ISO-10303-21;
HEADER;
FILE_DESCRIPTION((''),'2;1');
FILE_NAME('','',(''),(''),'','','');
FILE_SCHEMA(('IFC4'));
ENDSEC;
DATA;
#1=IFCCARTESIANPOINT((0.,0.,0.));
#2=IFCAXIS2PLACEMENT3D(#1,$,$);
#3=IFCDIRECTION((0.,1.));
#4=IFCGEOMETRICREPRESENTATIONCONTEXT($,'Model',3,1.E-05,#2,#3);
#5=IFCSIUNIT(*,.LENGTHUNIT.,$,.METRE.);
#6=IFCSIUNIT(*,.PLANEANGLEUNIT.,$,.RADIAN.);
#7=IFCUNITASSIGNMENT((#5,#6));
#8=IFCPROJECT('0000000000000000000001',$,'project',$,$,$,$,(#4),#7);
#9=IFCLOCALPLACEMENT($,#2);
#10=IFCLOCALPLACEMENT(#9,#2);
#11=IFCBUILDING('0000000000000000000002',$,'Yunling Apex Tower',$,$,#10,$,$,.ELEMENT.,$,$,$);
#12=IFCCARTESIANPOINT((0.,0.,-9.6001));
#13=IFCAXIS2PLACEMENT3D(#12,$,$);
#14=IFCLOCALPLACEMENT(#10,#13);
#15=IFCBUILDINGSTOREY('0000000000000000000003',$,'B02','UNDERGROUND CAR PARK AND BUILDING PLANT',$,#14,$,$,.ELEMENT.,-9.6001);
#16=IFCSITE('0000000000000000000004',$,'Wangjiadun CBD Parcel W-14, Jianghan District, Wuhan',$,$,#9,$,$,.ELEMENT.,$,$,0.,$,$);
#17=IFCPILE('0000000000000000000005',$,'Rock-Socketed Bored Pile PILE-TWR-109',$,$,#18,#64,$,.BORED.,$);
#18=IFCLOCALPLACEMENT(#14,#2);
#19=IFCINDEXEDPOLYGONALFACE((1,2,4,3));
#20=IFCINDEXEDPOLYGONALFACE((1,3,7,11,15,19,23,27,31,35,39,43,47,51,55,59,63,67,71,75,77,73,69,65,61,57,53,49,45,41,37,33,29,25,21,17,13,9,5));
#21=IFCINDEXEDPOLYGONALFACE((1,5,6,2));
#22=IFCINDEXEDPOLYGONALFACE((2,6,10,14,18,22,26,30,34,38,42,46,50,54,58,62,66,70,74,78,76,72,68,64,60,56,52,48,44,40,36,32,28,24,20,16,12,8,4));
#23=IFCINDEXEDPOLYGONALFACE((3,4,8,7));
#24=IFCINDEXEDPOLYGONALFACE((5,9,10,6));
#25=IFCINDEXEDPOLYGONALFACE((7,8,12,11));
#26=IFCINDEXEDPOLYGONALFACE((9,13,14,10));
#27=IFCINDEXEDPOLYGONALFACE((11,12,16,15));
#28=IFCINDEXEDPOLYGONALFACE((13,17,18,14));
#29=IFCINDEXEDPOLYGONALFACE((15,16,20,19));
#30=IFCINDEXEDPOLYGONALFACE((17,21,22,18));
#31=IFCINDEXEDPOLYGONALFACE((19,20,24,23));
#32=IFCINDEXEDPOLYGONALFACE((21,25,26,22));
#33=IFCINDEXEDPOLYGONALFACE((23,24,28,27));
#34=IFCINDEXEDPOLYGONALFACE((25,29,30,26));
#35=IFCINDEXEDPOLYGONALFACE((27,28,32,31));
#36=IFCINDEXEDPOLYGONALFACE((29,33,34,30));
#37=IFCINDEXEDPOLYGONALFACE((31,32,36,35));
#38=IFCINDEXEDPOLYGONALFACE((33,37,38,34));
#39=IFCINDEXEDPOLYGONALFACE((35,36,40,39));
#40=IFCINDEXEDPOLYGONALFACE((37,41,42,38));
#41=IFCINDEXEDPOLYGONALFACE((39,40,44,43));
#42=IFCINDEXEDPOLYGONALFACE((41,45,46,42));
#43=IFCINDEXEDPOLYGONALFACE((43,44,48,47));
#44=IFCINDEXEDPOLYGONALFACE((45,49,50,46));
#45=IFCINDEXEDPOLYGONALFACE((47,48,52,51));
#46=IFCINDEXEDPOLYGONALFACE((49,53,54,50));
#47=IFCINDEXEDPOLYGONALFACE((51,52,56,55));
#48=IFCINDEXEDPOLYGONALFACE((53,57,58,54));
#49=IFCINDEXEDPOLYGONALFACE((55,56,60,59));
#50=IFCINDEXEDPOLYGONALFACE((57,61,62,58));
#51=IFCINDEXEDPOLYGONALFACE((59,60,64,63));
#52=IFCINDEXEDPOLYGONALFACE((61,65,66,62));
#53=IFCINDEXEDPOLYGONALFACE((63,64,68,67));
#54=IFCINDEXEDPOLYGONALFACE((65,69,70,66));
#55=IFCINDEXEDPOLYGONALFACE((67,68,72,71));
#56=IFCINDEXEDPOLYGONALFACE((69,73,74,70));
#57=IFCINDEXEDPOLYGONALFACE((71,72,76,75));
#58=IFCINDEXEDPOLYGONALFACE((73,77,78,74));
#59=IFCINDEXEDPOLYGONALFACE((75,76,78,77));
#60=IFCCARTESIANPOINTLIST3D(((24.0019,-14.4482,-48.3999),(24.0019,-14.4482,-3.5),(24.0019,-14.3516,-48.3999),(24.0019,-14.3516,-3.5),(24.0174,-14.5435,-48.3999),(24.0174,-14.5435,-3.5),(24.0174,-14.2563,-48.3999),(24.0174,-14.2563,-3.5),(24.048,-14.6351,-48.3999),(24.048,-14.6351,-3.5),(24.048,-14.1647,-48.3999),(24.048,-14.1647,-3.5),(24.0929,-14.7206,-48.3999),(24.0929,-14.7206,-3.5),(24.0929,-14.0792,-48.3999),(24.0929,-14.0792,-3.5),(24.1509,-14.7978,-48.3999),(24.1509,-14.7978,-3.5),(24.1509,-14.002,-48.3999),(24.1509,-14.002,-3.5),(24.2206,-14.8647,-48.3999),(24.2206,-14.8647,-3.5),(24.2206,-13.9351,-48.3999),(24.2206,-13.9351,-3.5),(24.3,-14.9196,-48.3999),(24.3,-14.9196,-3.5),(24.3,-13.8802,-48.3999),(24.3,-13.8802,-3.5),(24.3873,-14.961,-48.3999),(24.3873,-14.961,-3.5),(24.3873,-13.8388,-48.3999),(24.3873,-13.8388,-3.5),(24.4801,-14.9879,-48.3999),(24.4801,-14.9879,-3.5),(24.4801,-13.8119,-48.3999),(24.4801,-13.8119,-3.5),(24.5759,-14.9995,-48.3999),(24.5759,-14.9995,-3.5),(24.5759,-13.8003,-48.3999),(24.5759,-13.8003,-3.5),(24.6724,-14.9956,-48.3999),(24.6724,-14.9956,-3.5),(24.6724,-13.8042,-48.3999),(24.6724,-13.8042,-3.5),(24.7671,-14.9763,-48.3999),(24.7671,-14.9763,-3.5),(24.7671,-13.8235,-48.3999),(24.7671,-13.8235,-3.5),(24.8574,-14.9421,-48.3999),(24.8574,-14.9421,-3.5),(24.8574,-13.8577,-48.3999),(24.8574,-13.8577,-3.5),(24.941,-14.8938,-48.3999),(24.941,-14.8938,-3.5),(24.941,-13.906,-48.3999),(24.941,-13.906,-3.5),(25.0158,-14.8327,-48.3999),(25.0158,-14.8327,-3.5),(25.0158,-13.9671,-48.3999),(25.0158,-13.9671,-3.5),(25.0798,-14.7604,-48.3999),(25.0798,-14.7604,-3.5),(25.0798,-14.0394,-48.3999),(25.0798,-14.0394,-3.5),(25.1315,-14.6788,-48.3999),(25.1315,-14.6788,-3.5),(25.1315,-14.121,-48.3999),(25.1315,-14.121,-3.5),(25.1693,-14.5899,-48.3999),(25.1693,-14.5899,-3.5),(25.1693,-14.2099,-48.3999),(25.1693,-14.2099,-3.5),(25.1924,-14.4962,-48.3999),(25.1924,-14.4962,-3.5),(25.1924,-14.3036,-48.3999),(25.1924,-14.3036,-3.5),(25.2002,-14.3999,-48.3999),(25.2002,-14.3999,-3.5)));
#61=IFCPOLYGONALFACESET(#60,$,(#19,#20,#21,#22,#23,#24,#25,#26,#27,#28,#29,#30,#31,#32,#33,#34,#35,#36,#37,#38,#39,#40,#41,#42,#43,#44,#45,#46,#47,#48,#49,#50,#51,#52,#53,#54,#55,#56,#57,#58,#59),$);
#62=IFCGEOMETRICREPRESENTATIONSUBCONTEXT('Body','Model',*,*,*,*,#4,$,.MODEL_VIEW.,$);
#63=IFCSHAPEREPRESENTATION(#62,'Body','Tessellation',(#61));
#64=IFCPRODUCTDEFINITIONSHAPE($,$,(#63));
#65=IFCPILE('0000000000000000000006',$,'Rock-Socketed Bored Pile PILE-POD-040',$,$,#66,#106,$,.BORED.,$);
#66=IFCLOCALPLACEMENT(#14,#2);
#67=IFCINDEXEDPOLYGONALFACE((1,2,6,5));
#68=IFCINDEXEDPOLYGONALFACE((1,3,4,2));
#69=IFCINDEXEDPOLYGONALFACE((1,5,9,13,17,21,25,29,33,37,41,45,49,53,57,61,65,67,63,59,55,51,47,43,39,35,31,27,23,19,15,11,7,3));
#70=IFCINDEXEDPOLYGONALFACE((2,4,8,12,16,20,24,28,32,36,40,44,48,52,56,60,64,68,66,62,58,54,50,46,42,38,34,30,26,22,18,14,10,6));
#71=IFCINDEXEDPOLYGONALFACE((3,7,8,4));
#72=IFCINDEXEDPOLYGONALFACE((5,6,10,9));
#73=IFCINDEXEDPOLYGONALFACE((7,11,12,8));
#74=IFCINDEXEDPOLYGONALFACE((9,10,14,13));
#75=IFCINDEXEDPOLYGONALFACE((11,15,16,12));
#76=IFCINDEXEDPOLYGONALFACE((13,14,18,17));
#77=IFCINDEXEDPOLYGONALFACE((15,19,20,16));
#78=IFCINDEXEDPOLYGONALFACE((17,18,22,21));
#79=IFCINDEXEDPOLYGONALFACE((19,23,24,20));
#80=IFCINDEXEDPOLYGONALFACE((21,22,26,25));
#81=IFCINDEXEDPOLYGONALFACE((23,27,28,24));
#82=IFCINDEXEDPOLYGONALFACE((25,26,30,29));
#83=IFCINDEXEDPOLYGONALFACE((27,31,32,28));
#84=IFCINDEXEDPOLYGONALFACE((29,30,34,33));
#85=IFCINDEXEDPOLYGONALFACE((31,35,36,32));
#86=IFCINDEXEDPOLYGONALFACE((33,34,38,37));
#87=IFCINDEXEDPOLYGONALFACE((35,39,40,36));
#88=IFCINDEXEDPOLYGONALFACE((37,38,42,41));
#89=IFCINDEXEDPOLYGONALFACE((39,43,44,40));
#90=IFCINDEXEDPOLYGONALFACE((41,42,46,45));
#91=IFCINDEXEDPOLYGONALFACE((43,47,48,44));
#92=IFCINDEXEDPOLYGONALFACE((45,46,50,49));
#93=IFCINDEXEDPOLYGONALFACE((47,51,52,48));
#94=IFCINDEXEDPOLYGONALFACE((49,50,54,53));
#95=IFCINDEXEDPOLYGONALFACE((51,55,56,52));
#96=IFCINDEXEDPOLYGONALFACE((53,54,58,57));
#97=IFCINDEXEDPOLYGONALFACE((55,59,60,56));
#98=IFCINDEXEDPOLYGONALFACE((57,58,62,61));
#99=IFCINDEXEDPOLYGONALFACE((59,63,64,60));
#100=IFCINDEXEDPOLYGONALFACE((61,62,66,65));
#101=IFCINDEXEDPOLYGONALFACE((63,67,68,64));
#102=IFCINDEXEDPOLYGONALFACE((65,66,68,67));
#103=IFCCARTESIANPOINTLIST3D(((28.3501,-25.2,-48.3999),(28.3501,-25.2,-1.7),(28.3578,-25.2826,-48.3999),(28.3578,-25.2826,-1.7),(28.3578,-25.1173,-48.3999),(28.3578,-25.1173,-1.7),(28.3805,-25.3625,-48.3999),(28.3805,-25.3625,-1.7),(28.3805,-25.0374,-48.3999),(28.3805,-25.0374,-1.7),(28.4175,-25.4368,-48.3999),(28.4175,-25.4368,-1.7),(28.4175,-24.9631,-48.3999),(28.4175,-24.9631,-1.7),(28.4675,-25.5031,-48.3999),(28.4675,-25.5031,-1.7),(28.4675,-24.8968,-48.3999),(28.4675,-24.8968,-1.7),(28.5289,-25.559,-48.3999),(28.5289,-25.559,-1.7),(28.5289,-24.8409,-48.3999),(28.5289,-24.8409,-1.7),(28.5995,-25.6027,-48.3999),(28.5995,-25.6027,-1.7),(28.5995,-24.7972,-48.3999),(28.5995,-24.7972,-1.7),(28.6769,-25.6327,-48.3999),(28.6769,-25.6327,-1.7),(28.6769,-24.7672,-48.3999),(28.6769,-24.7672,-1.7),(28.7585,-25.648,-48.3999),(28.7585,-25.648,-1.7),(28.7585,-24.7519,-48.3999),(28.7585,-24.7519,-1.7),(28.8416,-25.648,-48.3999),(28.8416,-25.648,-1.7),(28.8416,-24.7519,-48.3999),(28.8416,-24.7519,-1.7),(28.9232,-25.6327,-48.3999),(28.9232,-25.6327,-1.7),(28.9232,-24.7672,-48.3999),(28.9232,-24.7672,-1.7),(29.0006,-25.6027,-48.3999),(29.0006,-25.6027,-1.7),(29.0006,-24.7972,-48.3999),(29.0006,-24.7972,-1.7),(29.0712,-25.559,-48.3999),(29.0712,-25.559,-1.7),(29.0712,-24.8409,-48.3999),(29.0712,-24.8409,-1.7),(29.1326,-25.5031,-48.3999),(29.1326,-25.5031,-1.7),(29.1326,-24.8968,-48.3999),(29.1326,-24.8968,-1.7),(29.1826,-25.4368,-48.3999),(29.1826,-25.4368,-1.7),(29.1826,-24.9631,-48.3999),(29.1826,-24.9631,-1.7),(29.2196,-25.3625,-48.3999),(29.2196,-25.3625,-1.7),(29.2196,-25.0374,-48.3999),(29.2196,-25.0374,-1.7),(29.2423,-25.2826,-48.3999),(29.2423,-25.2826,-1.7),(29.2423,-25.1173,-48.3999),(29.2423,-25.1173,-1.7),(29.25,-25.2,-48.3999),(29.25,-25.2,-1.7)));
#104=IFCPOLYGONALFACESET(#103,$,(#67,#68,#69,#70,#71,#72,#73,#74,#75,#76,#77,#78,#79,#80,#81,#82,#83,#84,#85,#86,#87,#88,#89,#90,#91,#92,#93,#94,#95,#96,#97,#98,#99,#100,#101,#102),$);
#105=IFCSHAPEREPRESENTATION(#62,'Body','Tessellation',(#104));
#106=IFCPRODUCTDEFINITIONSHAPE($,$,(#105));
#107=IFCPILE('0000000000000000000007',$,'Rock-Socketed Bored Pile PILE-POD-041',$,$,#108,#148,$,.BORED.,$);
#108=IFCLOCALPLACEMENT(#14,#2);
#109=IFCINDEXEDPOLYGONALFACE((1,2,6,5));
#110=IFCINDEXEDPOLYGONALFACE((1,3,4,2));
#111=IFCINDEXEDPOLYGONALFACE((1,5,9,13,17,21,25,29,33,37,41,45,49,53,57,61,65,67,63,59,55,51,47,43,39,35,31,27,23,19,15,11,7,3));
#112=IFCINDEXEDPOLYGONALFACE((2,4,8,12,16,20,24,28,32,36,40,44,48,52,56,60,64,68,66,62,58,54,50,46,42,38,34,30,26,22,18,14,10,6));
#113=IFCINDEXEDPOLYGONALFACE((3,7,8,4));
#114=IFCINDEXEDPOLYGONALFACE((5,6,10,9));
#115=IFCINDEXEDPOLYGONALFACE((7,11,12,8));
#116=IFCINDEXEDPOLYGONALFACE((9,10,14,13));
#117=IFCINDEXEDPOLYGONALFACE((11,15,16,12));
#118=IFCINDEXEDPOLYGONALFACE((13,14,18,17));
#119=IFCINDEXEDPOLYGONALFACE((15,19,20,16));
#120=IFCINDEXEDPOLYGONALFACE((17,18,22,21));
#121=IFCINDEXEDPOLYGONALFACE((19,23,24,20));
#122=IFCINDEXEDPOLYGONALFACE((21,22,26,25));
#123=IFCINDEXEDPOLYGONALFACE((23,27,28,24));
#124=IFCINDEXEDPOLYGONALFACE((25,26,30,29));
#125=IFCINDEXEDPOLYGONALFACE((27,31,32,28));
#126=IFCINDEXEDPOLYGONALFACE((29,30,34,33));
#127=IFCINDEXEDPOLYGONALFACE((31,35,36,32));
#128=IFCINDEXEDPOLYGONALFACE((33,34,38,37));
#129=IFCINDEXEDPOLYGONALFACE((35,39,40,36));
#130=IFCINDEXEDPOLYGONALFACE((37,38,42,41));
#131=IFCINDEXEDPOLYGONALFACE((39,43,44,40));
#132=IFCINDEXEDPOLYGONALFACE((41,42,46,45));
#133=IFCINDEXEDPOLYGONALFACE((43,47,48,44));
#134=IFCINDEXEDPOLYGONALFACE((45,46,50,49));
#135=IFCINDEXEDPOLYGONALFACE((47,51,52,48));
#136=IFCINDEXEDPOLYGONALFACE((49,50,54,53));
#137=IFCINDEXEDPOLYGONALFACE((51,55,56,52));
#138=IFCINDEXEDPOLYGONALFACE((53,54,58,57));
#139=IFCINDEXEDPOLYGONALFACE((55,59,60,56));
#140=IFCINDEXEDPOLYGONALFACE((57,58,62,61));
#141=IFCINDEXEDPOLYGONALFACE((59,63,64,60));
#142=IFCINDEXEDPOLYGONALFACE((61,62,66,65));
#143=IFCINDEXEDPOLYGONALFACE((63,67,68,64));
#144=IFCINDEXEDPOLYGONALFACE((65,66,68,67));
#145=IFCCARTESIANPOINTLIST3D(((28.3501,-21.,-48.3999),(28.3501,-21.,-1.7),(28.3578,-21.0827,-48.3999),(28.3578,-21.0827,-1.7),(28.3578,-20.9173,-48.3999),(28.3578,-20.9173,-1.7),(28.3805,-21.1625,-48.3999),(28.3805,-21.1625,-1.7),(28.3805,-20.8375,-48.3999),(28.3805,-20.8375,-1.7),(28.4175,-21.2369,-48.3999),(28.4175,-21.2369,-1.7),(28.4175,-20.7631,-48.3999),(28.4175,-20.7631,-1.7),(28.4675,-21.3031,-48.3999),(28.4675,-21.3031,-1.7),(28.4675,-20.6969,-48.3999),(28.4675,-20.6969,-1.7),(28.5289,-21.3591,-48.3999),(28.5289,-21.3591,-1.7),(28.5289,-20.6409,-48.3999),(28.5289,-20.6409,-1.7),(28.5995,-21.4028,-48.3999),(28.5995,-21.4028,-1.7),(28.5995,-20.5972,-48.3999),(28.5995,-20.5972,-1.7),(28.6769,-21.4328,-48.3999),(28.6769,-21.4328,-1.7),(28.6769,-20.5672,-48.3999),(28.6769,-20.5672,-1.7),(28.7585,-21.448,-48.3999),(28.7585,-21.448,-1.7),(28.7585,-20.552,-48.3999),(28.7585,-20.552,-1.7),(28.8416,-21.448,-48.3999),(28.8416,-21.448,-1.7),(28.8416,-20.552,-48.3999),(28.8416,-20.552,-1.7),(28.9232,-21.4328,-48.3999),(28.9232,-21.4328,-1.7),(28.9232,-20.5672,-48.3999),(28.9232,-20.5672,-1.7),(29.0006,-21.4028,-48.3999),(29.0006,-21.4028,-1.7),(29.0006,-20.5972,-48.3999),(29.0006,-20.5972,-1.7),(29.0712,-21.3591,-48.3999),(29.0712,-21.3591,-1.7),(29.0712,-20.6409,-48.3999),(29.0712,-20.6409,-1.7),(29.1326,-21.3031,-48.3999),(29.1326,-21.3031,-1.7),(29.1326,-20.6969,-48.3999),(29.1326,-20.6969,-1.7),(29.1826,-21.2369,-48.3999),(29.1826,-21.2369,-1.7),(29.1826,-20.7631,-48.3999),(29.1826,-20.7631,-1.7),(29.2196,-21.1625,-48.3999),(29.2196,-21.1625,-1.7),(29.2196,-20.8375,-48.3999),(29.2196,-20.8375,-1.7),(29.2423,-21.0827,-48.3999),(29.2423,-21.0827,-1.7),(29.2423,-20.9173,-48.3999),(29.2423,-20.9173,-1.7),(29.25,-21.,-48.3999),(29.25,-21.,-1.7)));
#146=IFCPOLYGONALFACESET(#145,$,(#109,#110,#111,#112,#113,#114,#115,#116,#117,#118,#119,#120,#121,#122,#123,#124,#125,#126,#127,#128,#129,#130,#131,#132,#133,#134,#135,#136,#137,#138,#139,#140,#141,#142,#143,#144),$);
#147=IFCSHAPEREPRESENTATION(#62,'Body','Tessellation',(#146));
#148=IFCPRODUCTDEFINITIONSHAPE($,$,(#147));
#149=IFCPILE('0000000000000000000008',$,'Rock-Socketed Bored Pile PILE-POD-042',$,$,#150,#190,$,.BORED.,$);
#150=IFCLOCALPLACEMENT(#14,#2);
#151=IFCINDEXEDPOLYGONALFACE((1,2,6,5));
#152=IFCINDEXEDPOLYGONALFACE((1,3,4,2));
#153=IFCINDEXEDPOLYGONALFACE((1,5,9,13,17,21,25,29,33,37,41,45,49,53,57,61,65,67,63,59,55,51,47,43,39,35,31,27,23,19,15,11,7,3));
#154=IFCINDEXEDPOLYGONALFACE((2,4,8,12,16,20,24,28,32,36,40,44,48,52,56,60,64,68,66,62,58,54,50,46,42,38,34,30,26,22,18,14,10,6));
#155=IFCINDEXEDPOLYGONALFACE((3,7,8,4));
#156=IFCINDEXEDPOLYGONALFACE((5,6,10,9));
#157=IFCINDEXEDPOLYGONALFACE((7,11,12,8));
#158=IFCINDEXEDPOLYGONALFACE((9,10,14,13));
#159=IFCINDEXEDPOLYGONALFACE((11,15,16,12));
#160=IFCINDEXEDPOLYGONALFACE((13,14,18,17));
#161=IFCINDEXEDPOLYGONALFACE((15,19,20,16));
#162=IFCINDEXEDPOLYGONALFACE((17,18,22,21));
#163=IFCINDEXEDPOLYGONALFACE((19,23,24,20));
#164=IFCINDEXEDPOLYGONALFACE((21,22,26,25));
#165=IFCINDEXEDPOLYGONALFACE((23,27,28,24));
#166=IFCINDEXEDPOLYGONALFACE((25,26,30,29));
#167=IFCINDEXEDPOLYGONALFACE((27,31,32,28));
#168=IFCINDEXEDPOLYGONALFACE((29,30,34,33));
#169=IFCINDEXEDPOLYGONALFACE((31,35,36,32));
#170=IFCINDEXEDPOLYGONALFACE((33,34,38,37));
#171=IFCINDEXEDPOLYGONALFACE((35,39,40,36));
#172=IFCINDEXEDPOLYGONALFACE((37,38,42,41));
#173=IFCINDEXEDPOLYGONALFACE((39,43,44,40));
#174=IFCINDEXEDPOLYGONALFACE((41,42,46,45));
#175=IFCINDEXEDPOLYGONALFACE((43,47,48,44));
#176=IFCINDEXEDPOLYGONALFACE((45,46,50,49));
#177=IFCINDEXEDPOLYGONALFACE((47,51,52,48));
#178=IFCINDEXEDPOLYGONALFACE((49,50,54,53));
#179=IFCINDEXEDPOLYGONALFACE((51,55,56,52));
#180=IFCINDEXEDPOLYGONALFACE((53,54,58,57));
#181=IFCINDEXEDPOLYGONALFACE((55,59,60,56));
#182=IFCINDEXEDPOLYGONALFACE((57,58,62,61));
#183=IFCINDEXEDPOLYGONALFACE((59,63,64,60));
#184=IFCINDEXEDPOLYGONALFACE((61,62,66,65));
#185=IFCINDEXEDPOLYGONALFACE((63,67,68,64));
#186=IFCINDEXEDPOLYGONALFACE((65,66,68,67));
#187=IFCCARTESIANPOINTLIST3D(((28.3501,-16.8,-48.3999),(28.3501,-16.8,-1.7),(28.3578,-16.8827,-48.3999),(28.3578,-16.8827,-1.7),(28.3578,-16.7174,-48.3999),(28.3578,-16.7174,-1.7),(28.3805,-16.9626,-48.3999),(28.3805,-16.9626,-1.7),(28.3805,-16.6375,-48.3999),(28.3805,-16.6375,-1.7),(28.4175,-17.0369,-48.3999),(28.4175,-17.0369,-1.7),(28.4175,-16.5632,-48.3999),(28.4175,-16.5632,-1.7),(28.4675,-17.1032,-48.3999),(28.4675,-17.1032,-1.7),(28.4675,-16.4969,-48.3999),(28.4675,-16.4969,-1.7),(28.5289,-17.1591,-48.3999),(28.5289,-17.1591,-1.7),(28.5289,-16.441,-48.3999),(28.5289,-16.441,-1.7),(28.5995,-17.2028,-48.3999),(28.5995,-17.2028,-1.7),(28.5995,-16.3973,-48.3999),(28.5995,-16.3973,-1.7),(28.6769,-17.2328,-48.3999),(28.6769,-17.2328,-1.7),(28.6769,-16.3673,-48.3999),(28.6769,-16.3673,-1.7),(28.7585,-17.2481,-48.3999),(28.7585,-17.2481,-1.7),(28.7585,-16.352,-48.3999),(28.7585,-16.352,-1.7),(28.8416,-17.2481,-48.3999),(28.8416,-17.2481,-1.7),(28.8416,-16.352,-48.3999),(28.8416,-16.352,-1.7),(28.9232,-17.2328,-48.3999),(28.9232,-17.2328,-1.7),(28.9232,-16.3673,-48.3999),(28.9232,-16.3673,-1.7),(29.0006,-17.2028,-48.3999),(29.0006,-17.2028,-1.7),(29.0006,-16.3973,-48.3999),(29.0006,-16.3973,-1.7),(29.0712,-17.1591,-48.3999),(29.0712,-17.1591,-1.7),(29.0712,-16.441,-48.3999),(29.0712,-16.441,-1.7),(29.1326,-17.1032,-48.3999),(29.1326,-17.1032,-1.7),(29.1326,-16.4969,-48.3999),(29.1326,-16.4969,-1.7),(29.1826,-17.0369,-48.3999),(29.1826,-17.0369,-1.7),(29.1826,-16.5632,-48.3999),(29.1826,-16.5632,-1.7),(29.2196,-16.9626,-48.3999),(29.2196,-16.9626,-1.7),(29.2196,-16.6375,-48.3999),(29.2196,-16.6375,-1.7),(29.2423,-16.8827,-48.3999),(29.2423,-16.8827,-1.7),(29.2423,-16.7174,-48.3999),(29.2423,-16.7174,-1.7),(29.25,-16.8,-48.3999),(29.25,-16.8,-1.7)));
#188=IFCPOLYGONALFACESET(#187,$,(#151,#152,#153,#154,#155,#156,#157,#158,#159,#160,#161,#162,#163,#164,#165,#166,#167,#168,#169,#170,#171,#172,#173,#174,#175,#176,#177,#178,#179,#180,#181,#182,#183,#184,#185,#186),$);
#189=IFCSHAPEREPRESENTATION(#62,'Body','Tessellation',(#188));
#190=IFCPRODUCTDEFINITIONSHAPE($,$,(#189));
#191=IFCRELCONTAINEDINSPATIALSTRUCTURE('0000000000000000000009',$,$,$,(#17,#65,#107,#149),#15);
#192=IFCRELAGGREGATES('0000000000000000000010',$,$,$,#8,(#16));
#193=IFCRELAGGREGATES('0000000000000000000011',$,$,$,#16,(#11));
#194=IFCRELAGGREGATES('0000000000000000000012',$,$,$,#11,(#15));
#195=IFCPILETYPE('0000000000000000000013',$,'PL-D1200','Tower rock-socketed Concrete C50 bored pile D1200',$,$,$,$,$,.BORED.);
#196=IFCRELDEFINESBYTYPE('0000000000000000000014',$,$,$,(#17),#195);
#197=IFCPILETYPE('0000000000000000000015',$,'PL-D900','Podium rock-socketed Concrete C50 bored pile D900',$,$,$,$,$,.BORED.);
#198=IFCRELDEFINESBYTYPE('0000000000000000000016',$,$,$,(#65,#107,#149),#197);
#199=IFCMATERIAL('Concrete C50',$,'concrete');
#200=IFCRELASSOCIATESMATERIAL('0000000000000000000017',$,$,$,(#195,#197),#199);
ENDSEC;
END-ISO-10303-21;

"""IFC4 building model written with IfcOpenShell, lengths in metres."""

from ifc_helpers import new_model, si_unit, direction, frame, origin, origin_2d, place, context, subcontext, project, spatial, circle, extrude, source, transform, mapped, material, material_profile, profile_set, type_object, element, save


model = new_model("IFC4")

# Units and contexts
model_context = context("Model", 3, precision=1e-05, world=origin(), true_north=direction((0.0, 1.0)))
body_context = subcontext(model_context, "Body", "Model", "MODEL_VIEW")
ifc_project = project(units=[si_unit("LENGTHUNIT", "METRE"), si_unit("PLANEANGLEUNIT", "RADIAN")], contexts=[model_context])

# Site, building, storey
site_placement = place(None, origin())
site = spatial("IfcSite", under=ifc_project, at=site_placement, Name="Wangjiadun CBD Parcel W-14, Jianghan District, Wuhan", CompositionType="ELEMENT", RefElevation=0.0)
building_placement = place(site_placement, origin())
building = spatial("IfcBuilding", under=site, at=building_placement, Name="Yunling Apex Tower", CompositionType="ELEMENT")
storey_placement = place(building_placement, frame((0.0, 0.0, -9.6001)))
storey = spatial("IfcBuildingStorey", under=building, at=storey_placement, Name="B02", Description="UNDERGROUND CAR PARK AND BUILDING PLANT", CompositionType="ELEMENT", Elevation=-9.6001)

# Shared definitions
ifc_material_1 = material(Name="Concrete C50", Category="concrete")

# Piles
ifc_material_profile_1 = material_profile(ifc_material_1, circle(Radius=0.6001, at=origin_2d()))
ifc_profile_set_1 = profile_set([ifc_material_profile_1], Name="Concrete C50")
pile_type_1 = type_object("IfcPileType", Name="PL-D1200", Description="Tower rock-socketed Concrete C50 bored pile D1200", PredefinedType="BORED", material=ifc_profile_set_1)
shared_shape_1 = source(origin(), body_context, "Body", "SweptSolid", [
    extrude(circle(Radius=0.6001, at=origin_2d()), origin(), (0.0, 0.0, 1.0), 44.8999),
])
for number, where, z_axis, x_axis, name in (
    (1, (24.6001, -14.3999, -3.5), (0.0, 0.0, -1.0), (1.0, 0.0, 0.0), "Rock-Socketed Bored Pile PILE-TWR-109"),
):
    element("IfcPile", number, at=place(storey_placement, frame(where, z_axis=z_axis, x_axis=x_axis)), inside=storey, type_object=pile_type_1, Name=name, PredefinedType="BORED", context=body_context, shape_type="MappedRepresentation", body=[
        mapped(shared_shape_1, transform((0.0, 0.0, 0.0), scale=1.0)),
    ])
ifc_material_profile_2 = material_profile(ifc_material_1, circle(Radius=0.45, at=origin_2d()))
ifc_profile_set_2 = profile_set([ifc_material_profile_2], Name="Concrete C50")
pile_type_2 = type_object("IfcPileType", Name="PL-D900", Description="Podium rock-socketed Concrete C50 bored pile D900", PredefinedType="BORED", material=ifc_profile_set_2)
shared_shape_2 = source(origin(), body_context, "Body", "SweptSolid", [
    extrude(circle(Radius=0.45, at=origin_2d()), origin(), (0.0, 0.0, 1.0), 46.7),
])
for number, where, z_axis, x_axis, name in (
    (2, (28.8, -25.2, -1.7), (0.0, 0.0, -1.0), (1.0, 0.0, 0.0), "Rock-Socketed Bored Pile PILE-POD-040"),
    (3, (28.8, -21.0, -1.7), (0.0, 0.0, -1.0), (1.0, 0.0, 0.0), "Rock-Socketed Bored Pile PILE-POD-041"),
    (4, (28.8, -16.8, -1.7), (0.0, 0.0, -1.0), (1.0, 0.0, 0.0), "Rock-Socketed Bored Pile PILE-POD-042"),
):
    element("IfcPile", number, at=place(storey_placement, frame(where, z_axis=z_axis, x_axis=x_axis)), inside=storey, type_object=pile_type_2, Name=name, PredefinedType="BORED", context=body_context, shape_type="MappedRepresentation", body=[
        mapped(shared_shape_2, transform((0.0, 0.0, 0.0), scale=1.0)),
    ])

save(model, "model.ifc")
